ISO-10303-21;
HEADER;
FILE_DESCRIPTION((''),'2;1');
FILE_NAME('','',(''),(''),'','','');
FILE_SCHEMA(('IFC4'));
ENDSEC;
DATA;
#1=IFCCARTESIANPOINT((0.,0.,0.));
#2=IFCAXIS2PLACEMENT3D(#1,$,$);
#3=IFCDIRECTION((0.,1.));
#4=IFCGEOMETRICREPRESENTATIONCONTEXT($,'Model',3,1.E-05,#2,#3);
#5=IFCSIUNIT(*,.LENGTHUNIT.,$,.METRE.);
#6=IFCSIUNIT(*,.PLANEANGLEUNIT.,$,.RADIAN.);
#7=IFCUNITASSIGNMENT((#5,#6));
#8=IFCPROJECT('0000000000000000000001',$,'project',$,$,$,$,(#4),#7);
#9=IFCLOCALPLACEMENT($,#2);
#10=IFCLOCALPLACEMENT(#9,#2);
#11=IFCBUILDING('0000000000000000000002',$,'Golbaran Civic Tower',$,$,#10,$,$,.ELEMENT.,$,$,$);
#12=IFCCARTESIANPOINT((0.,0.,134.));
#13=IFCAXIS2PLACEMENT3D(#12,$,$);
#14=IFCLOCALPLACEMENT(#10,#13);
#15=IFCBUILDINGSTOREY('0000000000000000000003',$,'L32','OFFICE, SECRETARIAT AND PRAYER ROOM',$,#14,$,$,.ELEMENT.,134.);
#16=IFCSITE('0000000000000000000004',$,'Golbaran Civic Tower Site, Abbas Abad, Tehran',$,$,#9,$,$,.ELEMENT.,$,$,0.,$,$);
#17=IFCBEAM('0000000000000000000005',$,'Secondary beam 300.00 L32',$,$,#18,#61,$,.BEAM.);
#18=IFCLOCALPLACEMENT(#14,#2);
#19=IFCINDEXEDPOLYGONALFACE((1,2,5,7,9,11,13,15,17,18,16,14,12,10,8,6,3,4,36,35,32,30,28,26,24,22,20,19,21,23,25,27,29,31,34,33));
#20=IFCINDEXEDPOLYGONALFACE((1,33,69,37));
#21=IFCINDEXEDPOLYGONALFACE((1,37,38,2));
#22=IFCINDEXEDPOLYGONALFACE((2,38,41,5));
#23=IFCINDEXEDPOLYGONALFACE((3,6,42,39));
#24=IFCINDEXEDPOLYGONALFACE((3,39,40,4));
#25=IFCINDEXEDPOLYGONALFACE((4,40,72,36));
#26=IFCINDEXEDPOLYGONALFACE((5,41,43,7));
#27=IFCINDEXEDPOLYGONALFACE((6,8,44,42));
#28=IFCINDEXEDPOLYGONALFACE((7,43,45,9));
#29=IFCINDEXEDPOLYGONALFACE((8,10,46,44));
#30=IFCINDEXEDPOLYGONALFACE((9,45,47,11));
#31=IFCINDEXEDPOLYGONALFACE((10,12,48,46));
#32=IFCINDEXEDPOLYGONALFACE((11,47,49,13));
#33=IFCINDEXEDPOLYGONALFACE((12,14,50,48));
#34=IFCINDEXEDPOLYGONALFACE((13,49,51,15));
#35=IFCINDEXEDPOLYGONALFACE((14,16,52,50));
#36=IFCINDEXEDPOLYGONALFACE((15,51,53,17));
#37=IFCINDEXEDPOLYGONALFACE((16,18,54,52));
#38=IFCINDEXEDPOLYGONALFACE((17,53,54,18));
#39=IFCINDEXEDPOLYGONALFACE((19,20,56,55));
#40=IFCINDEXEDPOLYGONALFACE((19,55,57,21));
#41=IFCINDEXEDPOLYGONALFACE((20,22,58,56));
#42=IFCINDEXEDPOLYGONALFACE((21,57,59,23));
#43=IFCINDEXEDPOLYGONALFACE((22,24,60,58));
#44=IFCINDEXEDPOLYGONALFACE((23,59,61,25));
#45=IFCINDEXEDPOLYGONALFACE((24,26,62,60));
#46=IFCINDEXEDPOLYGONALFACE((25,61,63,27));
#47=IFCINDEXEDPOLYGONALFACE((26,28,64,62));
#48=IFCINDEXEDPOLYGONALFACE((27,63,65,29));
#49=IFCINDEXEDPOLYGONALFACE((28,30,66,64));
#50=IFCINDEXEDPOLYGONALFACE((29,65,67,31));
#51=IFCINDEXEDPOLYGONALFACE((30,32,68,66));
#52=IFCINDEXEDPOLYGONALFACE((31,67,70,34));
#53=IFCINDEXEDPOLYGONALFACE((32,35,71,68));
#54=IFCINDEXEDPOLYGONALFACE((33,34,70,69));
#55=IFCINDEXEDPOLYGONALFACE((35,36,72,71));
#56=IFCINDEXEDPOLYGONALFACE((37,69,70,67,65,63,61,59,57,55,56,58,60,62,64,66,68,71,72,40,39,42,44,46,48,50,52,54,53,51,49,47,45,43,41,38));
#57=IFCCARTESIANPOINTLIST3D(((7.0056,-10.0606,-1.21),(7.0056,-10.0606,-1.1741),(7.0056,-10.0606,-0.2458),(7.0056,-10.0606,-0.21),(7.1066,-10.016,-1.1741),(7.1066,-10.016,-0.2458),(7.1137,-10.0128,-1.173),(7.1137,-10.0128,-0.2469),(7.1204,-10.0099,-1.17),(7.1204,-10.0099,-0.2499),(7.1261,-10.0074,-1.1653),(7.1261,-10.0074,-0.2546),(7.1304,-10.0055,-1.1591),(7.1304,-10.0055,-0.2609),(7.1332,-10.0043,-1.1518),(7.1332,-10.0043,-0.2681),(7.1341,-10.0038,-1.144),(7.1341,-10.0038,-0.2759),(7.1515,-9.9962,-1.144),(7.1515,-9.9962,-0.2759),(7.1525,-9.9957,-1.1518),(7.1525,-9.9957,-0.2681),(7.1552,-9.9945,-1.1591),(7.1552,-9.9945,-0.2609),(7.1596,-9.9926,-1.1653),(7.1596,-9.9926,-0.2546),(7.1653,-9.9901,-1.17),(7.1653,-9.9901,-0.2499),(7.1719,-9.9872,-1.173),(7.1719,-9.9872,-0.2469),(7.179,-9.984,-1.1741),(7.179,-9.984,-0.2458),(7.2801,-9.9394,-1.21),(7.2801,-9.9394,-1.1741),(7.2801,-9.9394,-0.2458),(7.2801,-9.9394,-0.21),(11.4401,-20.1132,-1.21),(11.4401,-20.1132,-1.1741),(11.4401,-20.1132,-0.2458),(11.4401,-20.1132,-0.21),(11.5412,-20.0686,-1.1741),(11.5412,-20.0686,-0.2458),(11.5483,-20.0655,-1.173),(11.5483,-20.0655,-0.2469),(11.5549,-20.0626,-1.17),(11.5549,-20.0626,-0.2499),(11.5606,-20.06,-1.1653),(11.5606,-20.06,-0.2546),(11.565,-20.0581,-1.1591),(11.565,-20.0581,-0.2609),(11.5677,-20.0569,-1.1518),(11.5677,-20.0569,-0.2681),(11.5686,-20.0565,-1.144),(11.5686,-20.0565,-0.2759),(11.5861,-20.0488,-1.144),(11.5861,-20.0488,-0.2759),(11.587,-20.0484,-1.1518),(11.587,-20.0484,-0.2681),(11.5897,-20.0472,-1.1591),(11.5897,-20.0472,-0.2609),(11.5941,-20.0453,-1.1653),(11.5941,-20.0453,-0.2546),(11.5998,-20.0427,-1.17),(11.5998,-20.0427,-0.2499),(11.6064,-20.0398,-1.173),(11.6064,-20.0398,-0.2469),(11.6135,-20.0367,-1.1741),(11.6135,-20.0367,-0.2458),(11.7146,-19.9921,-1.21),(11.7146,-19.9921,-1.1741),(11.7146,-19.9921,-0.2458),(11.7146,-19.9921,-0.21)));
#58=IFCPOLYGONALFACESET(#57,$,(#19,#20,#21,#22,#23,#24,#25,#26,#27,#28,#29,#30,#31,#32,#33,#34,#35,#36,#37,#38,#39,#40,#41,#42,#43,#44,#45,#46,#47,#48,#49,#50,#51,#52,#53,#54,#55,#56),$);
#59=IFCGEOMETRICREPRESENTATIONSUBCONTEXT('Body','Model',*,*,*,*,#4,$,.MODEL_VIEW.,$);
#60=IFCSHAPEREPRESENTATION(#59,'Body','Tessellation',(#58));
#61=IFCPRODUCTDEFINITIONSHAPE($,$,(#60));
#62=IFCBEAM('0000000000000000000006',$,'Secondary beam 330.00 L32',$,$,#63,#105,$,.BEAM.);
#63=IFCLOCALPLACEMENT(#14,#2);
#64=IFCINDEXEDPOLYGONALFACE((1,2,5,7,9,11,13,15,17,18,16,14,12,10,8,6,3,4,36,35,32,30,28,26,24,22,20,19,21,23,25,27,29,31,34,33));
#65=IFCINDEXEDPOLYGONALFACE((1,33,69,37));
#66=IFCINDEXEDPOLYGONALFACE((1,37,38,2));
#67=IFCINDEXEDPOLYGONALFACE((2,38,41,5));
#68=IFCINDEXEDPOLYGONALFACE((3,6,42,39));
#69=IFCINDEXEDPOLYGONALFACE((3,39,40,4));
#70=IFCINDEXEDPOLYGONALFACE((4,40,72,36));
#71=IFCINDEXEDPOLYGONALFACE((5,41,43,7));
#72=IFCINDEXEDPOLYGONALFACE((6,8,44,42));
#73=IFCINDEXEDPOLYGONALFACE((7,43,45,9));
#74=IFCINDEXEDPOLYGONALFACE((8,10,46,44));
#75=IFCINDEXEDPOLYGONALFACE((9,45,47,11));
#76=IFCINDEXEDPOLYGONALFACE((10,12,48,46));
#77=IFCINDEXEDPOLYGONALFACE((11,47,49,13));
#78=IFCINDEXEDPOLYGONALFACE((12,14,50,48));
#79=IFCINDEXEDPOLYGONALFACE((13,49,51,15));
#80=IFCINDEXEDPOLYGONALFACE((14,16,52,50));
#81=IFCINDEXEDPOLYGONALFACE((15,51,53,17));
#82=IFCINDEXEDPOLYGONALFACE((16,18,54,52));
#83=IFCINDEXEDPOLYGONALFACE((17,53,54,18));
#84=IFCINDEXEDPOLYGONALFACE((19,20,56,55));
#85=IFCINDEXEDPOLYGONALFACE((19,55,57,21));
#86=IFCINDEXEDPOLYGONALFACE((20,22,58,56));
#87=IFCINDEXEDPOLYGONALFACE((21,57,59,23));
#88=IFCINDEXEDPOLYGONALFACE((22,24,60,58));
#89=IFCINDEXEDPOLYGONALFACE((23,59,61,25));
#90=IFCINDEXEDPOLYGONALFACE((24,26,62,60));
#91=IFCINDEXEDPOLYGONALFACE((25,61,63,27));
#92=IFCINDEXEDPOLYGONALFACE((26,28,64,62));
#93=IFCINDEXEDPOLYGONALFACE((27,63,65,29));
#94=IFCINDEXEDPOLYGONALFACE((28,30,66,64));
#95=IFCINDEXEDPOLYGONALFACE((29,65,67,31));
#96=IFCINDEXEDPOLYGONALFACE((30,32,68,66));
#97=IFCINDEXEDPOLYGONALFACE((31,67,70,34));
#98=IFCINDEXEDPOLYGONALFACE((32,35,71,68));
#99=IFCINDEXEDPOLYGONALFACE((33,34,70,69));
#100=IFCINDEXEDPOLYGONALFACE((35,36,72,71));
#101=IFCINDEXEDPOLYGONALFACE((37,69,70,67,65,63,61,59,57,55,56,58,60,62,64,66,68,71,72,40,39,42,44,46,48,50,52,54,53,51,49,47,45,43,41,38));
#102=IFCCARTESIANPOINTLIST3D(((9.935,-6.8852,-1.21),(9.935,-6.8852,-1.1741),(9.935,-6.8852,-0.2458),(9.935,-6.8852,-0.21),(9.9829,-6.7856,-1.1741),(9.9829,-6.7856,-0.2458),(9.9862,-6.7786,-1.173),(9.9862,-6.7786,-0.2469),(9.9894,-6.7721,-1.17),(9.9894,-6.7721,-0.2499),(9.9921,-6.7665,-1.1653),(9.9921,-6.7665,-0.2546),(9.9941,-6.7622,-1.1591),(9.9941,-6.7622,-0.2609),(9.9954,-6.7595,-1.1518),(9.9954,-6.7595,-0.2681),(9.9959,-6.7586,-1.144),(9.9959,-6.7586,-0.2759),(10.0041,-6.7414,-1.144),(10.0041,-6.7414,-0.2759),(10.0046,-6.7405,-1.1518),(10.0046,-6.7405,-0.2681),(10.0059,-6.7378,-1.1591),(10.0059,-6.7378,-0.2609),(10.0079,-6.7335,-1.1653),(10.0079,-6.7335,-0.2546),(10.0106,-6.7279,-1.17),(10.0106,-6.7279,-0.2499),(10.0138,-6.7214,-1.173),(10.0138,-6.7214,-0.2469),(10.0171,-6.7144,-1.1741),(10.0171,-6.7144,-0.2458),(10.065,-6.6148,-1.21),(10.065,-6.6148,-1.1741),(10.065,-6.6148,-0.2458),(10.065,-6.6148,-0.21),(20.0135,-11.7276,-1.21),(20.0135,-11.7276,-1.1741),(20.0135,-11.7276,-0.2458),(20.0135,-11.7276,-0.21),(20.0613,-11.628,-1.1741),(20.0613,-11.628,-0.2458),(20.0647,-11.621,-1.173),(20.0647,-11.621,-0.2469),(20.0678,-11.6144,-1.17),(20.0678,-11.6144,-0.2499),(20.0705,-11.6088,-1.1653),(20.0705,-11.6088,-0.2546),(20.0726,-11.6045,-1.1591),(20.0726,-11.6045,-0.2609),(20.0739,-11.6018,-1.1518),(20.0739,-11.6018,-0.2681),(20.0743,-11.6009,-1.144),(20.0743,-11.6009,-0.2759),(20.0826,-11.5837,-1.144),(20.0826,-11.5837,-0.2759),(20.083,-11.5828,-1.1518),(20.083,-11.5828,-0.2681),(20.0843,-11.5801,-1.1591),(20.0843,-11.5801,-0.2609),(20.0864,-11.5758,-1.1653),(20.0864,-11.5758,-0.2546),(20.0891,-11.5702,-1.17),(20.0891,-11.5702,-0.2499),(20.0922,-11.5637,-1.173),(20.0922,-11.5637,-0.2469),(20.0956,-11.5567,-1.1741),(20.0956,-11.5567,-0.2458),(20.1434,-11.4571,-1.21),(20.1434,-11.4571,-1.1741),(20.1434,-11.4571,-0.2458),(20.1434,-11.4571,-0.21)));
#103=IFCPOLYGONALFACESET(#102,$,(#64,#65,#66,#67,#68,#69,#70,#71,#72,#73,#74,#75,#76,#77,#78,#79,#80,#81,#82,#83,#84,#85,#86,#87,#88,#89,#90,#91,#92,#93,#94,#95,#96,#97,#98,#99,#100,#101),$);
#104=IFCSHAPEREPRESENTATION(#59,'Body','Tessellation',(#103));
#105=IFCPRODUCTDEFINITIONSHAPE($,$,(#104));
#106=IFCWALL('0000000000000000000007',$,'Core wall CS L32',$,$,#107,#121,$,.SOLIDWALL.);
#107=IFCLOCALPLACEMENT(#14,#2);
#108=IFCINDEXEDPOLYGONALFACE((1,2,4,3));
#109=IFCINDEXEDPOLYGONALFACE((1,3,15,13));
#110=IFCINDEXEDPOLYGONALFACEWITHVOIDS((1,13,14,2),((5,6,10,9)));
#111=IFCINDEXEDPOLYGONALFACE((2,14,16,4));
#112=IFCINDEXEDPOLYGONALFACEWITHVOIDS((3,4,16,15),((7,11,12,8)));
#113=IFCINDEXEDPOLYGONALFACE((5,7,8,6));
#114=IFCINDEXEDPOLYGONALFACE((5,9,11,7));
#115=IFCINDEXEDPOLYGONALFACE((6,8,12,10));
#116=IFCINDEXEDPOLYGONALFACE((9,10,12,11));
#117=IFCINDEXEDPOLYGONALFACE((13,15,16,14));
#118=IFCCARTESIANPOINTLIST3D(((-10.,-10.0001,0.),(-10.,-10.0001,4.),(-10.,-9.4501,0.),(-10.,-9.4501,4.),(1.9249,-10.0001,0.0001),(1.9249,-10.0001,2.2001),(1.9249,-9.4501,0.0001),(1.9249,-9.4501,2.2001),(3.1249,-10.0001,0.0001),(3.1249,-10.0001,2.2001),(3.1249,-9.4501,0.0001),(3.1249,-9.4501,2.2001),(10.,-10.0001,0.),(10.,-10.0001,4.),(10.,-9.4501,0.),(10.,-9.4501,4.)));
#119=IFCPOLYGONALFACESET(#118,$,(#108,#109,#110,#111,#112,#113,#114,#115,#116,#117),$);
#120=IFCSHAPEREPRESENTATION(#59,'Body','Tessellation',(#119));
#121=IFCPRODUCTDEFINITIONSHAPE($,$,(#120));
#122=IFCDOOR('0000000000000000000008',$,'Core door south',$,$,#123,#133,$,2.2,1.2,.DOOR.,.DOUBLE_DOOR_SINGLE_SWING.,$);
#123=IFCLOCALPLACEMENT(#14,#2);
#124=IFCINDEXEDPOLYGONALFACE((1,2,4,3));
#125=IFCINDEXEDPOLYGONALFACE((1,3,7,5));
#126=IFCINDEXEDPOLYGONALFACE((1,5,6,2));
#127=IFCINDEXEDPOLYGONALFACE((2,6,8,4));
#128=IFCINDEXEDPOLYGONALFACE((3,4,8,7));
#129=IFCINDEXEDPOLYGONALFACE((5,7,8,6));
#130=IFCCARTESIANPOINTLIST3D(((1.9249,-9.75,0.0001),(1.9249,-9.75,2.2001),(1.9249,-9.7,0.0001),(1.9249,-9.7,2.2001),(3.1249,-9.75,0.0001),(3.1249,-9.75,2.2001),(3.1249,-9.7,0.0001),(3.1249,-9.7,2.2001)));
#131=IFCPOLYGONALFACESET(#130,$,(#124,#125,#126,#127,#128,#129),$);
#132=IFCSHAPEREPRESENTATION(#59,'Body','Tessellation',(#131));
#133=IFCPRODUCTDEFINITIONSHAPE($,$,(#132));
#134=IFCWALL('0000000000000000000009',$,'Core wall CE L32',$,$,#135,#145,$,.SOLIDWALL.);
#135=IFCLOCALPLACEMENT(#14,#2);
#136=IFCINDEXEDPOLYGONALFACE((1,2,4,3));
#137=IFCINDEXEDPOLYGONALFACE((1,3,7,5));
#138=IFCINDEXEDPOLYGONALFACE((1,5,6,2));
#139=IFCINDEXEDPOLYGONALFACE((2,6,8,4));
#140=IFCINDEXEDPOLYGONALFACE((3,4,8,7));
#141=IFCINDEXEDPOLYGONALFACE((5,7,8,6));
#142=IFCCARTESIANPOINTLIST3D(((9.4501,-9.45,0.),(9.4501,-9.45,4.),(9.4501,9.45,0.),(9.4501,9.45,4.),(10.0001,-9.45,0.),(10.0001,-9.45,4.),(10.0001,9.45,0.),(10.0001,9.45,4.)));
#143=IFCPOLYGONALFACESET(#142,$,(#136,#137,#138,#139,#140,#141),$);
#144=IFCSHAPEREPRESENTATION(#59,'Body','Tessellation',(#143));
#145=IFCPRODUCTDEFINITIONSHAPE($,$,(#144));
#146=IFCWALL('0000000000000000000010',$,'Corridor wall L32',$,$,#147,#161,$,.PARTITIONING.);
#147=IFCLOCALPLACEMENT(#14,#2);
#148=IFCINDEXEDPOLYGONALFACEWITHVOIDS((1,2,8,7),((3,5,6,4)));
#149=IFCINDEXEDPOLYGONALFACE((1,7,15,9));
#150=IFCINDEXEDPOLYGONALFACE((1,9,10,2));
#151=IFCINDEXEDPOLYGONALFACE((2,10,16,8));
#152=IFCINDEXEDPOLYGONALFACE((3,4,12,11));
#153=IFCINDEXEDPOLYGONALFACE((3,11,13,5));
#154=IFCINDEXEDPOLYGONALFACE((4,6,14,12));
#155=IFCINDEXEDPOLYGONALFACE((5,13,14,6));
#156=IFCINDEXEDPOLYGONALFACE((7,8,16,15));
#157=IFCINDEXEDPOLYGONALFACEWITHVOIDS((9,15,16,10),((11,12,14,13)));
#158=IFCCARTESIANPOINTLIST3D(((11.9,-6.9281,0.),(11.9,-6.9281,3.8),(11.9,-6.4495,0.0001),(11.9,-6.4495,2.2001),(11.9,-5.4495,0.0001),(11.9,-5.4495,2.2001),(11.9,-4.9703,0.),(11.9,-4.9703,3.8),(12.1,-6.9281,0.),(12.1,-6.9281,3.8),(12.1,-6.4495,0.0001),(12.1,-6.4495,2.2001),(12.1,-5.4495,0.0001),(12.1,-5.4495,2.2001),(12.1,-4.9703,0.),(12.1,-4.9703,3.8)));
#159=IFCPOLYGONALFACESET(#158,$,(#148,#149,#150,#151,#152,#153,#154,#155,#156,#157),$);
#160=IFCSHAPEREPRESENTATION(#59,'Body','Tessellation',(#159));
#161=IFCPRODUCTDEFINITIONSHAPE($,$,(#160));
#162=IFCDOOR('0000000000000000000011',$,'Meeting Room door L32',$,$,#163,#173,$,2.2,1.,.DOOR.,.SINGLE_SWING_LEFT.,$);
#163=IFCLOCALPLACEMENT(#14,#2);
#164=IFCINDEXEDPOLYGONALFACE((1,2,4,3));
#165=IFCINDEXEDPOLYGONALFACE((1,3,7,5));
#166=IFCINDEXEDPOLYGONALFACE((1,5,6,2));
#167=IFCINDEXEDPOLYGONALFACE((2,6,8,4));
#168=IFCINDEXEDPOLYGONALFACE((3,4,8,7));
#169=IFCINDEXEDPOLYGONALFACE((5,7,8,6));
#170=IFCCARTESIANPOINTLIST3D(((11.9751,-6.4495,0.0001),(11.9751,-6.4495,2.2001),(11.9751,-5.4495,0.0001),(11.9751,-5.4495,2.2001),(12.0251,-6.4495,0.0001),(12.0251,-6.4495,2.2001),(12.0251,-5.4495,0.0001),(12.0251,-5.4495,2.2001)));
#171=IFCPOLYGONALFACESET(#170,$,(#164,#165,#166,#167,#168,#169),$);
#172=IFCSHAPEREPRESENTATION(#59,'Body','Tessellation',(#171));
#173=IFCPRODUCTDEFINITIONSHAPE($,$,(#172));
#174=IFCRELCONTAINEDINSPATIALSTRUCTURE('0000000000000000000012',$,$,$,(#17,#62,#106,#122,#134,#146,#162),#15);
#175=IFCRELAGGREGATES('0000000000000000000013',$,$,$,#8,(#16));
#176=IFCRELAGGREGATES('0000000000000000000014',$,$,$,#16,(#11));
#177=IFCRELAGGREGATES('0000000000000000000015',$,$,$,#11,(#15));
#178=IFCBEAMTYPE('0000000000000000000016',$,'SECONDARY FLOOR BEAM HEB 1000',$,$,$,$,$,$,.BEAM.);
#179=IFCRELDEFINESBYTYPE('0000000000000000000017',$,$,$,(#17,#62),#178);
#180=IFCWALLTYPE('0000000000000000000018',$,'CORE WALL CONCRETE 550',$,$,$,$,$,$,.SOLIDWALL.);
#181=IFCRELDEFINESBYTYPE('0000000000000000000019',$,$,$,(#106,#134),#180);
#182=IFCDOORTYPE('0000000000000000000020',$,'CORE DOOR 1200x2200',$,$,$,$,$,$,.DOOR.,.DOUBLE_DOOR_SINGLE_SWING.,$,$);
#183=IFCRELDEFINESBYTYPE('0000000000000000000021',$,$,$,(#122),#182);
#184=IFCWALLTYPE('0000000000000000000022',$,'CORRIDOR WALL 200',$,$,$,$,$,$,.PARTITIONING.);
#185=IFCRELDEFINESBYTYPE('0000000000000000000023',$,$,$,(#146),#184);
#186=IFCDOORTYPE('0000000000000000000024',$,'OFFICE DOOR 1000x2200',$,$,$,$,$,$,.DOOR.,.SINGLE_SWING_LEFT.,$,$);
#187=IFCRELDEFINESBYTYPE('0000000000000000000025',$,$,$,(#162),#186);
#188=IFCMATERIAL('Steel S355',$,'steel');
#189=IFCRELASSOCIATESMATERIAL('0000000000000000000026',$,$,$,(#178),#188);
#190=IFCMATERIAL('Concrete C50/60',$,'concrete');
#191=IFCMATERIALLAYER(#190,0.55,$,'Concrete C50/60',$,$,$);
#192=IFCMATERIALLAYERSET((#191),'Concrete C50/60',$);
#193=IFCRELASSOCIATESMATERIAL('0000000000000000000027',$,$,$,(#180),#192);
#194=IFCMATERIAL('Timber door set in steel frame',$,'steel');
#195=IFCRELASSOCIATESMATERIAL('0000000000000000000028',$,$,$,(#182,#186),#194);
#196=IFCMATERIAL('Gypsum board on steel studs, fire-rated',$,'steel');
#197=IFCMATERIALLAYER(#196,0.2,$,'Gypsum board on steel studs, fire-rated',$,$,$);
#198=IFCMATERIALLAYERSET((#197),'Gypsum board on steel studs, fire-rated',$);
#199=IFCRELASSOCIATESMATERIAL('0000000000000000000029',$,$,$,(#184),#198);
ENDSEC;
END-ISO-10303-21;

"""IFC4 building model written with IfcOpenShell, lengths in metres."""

from ifc_helpers import new_model, si_unit, direction, frame, frame_2d, origin, origin_2d, place, context, subcontext, project, spatial, rectangle, i_section, extrude, material, layer, layer_set, material_profile, profile_set, type_object, element, fill, save


model = new_model("IFC4")

# Units and contexts
model_context = context("Model", 3, precision=1e-05, world=origin(), true_north=direction((0.0, 1.0)))
body_context = subcontext(model_context, "Body", "Model", "MODEL_VIEW")
ifc_project = project(units=[si_unit("LENGTHUNIT", "METRE"), si_unit("PLANEANGLEUNIT", "RADIAN")], contexts=[model_context])

# Site, building, storey
site_placement = place(None, origin())
site = spatial("IfcSite", under=ifc_project, at=site_placement, Name="Golbaran Civic Tower Site, Abbas Abad, Tehran", CompositionType="ELEMENT", RefElevation=0.0)
building_placement = place(site_placement, origin())
building = spatial("IfcBuilding", under=site, at=building_placement, Name="Golbaran Civic Tower", CompositionType="ELEMENT")
storey_placement = place(building_placement, frame((0.0, 0.0, 134.0)))
storey = spatial("IfcBuildingStorey", under=building, at=storey_placement, Name="L32", Description="OFFICE, SECRETARIAT AND PRAYER ROOM", CompositionType="ELEMENT", Elevation=134.0)

# Beams
ifc_material_1 = material(Name="Steel S355", Category="steel")
ifc_material_profile_1 = material_profile(ifc_material_1, i_section(OverallWidth=0.3, OverallDepth=1.0, WebThickness=0.019, FlangeThickness=0.0359, FilletRadius=0.03, at=origin_2d()), Name="HEB 1000")
ifc_profile_set_1 = profile_set([ifc_material_profile_1], Name="Steel S355")
beam_type_1 = type_object("IfcBeamType", Name="SECONDARY FLOOR BEAM HEB 1000", PredefinedType="BEAM", material=ifc_profile_set_1)
beam_1_placement = place(storey_placement, frame((7.1428, -10.0, -0.71), z_axis=(0.403605, -0.914933, 0.0), x_axis=(0.914933, 0.403605, 0.0)))
element("IfcBeam", 1, at=beam_1_placement, inside=storey, type_object=beam_type_1, Name="Secondary beam 300.00 L32", PredefinedType="BEAM", context=body_context, shape_type="SweptSolid", body=[
    extrude(i_section(OverallWidth=0.3, OverallDepth=1.0, WebThickness=0.019, FlangeThickness=0.0359, FilletRadius=0.03, at=origin_2d()), origin(), (0.0, 0.0, 1.0), 10.9873),
])
beam_2_placement = place(storey_placement, frame((10.0, -6.75, -0.71), z_axis=(0.90136, -0.43307, 0.0), x_axis=(0.43307, 0.90136, 0.0)))
element("IfcBeam", 2, at=beam_2_placement, inside=storey, type_object=beam_type_1, Name="Secondary beam 330.00 L32", PredefinedType="BEAM", context=body_context, shape_type="SweptSolid", body=[
    extrude(i_section(OverallWidth=0.3, OverallDepth=1.0, WebThickness=0.019, FlangeThickness=0.0359, FilletRadius=0.03, at=origin_2d()), origin(), (0.0, 0.0, 1.0), 11.1814),
])

# Wall, opening, door
ifc_material_2 = material(Name="Concrete C50/60", Category="concrete")
ifc_layer_1 = layer(ifc_material_2, 0.55, Name="Concrete C50/60")
ifc_layer_set_1 = layer_set([ifc_layer_1], Name="Concrete C50/60")
wall_type_1 = type_object("IfcWallType", Name="CORE WALL CONCRETE 550", PredefinedType="SOLIDWALL", material=ifc_layer_set_1)
wall_1_placement = place(storey_placement, frame((10.0, -9.7251, 0.0), z_axis=(0.0, 0.0, 1.0), x_axis=(-1.0, 0.0, 0.0)))
wall_1 = element("IfcWall", 3, at=wall_1_placement, inside=storey, type_object=wall_type_1, Name="Core wall CS L32", PredefinedType="SOLIDWALL", context=body_context, shape_type="SweptSolid", body=[
    extrude(rectangle(XDim=20.0, YDim=0.55, at=frame_2d((10.0, 0.0))), origin(), (0.0, 0.0, 1.0), 4.0),
])
opening_1_placement = place(wall_1_placement, frame((6.875, 0.0, 0.0)))
opening_1 = element("IfcOpeningElement", 4, at=opening_1_placement, cuts=wall_1, PredefinedType="OPENING", context=body_context, shape_type="SweptSolid", body=[
    extrude(rectangle(XDim=1.2, YDim=2.2, at=frame_2d((0.6001, 1.1001))), frame((0.0, 0.2849, 0.0), z_axis=(0.0, -1.0, 0.0), x_axis=(1.0, 0.0, 0.0)), (0.0, 0.0, 1.0), 0.5701),
])
ifc_material_3 = material(Name="Timber door set in steel frame", Category="steel")
door_type_1 = type_object("IfcDoorType", Name="CORE DOOR 1200x2200", OperationType="DOUBLE_DOOR_SINGLE_SWING", PredefinedType="DOOR", material=ifc_material_3)
door_1_placement = place(opening_1_placement, origin())
door_1 = element("IfcDoor", 5, at=door_1_placement, inside=storey, type_object=door_type_1, Name="Core door south", OperationType="DOUBLE_DOOR_SINGLE_SWING", OverallHeight=2.2, OverallWidth=1.2, PredefinedType="DOOR", context=body_context, shape_type="SweptSolid", body=[
    extrude(rectangle(XDim=1.2, YDim=2.2, at=frame_2d((0.6001, 1.1001))), frame((0.0, 0.0249, 0.0), z_axis=(0.0, -1.0, 0.0), x_axis=(1.0, 0.0, 0.0)), (0.0, 0.0, 1.0), 0.05),
])
fill(opening_1, door_1)

# Wall
wall_2_placement = place(storey_placement, frame((9.7251, -9.45, 0.0), z_axis=(0.0, 0.0, 1.0), x_axis=(0.0, 1.0, 0.0)))
element("IfcWall", 6, at=wall_2_placement, inside=storey, type_object=wall_type_1, Name="Core wall CE L32", PredefinedType="SOLIDWALL", context=body_context, shape_type="SweptSolid", body=[
    extrude(rectangle(XDim=18.8999, YDim=0.55, at=frame_2d((9.45, 0.0))), origin(), (0.0, 0.0, 1.0), 4.0),
])

# Wall, opening, door
ifc_material_4 = material(Name="Gypsum board on steel studs, fire-rated", Category="steel")
ifc_layer_2 = layer(ifc_material_4, 0.2, Name="Gypsum board on steel studs, fire-rated")
ifc_layer_set_2 = layer_set([ifc_layer_2], Name="Gypsum board on steel studs, fire-rated")
wall_type_2 = type_object("IfcWallType", Name="CORRIDOR WALL 200", PredefinedType="PARTITIONING", material=ifc_layer_set_2)
wall_3_placement = place(storey_placement, frame((12.0, -6.9282, 0.0), z_axis=(0.0, 0.0, 1.0), x_axis=(0.0, 1.0, 0.0)))
wall_3 = element("IfcWall", 7, at=wall_3_placement, inside=storey, type_object=wall_type_2, Name="Corridor wall L32", PredefinedType="PARTITIONING", context=body_context, shape_type="SweptSolid", body=[
    extrude(rectangle(XDim=1.9578, YDim=0.2, at=frame_2d((0.979, 0.0))), origin(), (0.0, 0.0, 1.0), 3.8),
])
opening_2_placement = place(wall_3_placement, frame((0.4788, 0.0, 0.0)))
opening_2 = element("IfcOpeningElement", 8, at=opening_2_placement, cuts=wall_3, PredefinedType="OPENING", context=body_context, shape_type="SweptSolid", body=[
    extrude(rectangle(XDim=1.0, YDim=2.2, at=frame_2d((0.5, 1.1001))), frame((0.0, 0.1099, 0.0), z_axis=(0.0, -1.0, 0.0), x_axis=(1.0, 0.0, 0.0)), (0.0, 0.0, 1.0), 0.22),
])
door_type_2 = type_object("IfcDoorType", Name="OFFICE DOOR 1000x2200", OperationType="SINGLE_SWING_LEFT", PredefinedType="DOOR", material=ifc_material_3)
door_2_placement = place(opening_2_placement, origin())
door_2 = element("IfcDoor", 9, at=door_2_placement, inside=storey, type_object=door_type_2, Name="Meeting Room door L32", OperationType="SINGLE_SWING_LEFT", OverallHeight=2.2, OverallWidth=1.0, PredefinedType="DOOR", context=body_context, shape_type="SweptSolid", body=[
    extrude(rectangle(XDim=1.0, YDim=2.2, at=frame_2d((0.5, 1.1001))), frame((0.0, 0.0249, 0.0), z_axis=(0.0, -1.0, 0.0), x_axis=(1.0, 0.0, 0.0)), (0.0, 0.0, 1.0), 0.05),
])
fill(opening_2, door_2)

save(model, "model.ifc")
